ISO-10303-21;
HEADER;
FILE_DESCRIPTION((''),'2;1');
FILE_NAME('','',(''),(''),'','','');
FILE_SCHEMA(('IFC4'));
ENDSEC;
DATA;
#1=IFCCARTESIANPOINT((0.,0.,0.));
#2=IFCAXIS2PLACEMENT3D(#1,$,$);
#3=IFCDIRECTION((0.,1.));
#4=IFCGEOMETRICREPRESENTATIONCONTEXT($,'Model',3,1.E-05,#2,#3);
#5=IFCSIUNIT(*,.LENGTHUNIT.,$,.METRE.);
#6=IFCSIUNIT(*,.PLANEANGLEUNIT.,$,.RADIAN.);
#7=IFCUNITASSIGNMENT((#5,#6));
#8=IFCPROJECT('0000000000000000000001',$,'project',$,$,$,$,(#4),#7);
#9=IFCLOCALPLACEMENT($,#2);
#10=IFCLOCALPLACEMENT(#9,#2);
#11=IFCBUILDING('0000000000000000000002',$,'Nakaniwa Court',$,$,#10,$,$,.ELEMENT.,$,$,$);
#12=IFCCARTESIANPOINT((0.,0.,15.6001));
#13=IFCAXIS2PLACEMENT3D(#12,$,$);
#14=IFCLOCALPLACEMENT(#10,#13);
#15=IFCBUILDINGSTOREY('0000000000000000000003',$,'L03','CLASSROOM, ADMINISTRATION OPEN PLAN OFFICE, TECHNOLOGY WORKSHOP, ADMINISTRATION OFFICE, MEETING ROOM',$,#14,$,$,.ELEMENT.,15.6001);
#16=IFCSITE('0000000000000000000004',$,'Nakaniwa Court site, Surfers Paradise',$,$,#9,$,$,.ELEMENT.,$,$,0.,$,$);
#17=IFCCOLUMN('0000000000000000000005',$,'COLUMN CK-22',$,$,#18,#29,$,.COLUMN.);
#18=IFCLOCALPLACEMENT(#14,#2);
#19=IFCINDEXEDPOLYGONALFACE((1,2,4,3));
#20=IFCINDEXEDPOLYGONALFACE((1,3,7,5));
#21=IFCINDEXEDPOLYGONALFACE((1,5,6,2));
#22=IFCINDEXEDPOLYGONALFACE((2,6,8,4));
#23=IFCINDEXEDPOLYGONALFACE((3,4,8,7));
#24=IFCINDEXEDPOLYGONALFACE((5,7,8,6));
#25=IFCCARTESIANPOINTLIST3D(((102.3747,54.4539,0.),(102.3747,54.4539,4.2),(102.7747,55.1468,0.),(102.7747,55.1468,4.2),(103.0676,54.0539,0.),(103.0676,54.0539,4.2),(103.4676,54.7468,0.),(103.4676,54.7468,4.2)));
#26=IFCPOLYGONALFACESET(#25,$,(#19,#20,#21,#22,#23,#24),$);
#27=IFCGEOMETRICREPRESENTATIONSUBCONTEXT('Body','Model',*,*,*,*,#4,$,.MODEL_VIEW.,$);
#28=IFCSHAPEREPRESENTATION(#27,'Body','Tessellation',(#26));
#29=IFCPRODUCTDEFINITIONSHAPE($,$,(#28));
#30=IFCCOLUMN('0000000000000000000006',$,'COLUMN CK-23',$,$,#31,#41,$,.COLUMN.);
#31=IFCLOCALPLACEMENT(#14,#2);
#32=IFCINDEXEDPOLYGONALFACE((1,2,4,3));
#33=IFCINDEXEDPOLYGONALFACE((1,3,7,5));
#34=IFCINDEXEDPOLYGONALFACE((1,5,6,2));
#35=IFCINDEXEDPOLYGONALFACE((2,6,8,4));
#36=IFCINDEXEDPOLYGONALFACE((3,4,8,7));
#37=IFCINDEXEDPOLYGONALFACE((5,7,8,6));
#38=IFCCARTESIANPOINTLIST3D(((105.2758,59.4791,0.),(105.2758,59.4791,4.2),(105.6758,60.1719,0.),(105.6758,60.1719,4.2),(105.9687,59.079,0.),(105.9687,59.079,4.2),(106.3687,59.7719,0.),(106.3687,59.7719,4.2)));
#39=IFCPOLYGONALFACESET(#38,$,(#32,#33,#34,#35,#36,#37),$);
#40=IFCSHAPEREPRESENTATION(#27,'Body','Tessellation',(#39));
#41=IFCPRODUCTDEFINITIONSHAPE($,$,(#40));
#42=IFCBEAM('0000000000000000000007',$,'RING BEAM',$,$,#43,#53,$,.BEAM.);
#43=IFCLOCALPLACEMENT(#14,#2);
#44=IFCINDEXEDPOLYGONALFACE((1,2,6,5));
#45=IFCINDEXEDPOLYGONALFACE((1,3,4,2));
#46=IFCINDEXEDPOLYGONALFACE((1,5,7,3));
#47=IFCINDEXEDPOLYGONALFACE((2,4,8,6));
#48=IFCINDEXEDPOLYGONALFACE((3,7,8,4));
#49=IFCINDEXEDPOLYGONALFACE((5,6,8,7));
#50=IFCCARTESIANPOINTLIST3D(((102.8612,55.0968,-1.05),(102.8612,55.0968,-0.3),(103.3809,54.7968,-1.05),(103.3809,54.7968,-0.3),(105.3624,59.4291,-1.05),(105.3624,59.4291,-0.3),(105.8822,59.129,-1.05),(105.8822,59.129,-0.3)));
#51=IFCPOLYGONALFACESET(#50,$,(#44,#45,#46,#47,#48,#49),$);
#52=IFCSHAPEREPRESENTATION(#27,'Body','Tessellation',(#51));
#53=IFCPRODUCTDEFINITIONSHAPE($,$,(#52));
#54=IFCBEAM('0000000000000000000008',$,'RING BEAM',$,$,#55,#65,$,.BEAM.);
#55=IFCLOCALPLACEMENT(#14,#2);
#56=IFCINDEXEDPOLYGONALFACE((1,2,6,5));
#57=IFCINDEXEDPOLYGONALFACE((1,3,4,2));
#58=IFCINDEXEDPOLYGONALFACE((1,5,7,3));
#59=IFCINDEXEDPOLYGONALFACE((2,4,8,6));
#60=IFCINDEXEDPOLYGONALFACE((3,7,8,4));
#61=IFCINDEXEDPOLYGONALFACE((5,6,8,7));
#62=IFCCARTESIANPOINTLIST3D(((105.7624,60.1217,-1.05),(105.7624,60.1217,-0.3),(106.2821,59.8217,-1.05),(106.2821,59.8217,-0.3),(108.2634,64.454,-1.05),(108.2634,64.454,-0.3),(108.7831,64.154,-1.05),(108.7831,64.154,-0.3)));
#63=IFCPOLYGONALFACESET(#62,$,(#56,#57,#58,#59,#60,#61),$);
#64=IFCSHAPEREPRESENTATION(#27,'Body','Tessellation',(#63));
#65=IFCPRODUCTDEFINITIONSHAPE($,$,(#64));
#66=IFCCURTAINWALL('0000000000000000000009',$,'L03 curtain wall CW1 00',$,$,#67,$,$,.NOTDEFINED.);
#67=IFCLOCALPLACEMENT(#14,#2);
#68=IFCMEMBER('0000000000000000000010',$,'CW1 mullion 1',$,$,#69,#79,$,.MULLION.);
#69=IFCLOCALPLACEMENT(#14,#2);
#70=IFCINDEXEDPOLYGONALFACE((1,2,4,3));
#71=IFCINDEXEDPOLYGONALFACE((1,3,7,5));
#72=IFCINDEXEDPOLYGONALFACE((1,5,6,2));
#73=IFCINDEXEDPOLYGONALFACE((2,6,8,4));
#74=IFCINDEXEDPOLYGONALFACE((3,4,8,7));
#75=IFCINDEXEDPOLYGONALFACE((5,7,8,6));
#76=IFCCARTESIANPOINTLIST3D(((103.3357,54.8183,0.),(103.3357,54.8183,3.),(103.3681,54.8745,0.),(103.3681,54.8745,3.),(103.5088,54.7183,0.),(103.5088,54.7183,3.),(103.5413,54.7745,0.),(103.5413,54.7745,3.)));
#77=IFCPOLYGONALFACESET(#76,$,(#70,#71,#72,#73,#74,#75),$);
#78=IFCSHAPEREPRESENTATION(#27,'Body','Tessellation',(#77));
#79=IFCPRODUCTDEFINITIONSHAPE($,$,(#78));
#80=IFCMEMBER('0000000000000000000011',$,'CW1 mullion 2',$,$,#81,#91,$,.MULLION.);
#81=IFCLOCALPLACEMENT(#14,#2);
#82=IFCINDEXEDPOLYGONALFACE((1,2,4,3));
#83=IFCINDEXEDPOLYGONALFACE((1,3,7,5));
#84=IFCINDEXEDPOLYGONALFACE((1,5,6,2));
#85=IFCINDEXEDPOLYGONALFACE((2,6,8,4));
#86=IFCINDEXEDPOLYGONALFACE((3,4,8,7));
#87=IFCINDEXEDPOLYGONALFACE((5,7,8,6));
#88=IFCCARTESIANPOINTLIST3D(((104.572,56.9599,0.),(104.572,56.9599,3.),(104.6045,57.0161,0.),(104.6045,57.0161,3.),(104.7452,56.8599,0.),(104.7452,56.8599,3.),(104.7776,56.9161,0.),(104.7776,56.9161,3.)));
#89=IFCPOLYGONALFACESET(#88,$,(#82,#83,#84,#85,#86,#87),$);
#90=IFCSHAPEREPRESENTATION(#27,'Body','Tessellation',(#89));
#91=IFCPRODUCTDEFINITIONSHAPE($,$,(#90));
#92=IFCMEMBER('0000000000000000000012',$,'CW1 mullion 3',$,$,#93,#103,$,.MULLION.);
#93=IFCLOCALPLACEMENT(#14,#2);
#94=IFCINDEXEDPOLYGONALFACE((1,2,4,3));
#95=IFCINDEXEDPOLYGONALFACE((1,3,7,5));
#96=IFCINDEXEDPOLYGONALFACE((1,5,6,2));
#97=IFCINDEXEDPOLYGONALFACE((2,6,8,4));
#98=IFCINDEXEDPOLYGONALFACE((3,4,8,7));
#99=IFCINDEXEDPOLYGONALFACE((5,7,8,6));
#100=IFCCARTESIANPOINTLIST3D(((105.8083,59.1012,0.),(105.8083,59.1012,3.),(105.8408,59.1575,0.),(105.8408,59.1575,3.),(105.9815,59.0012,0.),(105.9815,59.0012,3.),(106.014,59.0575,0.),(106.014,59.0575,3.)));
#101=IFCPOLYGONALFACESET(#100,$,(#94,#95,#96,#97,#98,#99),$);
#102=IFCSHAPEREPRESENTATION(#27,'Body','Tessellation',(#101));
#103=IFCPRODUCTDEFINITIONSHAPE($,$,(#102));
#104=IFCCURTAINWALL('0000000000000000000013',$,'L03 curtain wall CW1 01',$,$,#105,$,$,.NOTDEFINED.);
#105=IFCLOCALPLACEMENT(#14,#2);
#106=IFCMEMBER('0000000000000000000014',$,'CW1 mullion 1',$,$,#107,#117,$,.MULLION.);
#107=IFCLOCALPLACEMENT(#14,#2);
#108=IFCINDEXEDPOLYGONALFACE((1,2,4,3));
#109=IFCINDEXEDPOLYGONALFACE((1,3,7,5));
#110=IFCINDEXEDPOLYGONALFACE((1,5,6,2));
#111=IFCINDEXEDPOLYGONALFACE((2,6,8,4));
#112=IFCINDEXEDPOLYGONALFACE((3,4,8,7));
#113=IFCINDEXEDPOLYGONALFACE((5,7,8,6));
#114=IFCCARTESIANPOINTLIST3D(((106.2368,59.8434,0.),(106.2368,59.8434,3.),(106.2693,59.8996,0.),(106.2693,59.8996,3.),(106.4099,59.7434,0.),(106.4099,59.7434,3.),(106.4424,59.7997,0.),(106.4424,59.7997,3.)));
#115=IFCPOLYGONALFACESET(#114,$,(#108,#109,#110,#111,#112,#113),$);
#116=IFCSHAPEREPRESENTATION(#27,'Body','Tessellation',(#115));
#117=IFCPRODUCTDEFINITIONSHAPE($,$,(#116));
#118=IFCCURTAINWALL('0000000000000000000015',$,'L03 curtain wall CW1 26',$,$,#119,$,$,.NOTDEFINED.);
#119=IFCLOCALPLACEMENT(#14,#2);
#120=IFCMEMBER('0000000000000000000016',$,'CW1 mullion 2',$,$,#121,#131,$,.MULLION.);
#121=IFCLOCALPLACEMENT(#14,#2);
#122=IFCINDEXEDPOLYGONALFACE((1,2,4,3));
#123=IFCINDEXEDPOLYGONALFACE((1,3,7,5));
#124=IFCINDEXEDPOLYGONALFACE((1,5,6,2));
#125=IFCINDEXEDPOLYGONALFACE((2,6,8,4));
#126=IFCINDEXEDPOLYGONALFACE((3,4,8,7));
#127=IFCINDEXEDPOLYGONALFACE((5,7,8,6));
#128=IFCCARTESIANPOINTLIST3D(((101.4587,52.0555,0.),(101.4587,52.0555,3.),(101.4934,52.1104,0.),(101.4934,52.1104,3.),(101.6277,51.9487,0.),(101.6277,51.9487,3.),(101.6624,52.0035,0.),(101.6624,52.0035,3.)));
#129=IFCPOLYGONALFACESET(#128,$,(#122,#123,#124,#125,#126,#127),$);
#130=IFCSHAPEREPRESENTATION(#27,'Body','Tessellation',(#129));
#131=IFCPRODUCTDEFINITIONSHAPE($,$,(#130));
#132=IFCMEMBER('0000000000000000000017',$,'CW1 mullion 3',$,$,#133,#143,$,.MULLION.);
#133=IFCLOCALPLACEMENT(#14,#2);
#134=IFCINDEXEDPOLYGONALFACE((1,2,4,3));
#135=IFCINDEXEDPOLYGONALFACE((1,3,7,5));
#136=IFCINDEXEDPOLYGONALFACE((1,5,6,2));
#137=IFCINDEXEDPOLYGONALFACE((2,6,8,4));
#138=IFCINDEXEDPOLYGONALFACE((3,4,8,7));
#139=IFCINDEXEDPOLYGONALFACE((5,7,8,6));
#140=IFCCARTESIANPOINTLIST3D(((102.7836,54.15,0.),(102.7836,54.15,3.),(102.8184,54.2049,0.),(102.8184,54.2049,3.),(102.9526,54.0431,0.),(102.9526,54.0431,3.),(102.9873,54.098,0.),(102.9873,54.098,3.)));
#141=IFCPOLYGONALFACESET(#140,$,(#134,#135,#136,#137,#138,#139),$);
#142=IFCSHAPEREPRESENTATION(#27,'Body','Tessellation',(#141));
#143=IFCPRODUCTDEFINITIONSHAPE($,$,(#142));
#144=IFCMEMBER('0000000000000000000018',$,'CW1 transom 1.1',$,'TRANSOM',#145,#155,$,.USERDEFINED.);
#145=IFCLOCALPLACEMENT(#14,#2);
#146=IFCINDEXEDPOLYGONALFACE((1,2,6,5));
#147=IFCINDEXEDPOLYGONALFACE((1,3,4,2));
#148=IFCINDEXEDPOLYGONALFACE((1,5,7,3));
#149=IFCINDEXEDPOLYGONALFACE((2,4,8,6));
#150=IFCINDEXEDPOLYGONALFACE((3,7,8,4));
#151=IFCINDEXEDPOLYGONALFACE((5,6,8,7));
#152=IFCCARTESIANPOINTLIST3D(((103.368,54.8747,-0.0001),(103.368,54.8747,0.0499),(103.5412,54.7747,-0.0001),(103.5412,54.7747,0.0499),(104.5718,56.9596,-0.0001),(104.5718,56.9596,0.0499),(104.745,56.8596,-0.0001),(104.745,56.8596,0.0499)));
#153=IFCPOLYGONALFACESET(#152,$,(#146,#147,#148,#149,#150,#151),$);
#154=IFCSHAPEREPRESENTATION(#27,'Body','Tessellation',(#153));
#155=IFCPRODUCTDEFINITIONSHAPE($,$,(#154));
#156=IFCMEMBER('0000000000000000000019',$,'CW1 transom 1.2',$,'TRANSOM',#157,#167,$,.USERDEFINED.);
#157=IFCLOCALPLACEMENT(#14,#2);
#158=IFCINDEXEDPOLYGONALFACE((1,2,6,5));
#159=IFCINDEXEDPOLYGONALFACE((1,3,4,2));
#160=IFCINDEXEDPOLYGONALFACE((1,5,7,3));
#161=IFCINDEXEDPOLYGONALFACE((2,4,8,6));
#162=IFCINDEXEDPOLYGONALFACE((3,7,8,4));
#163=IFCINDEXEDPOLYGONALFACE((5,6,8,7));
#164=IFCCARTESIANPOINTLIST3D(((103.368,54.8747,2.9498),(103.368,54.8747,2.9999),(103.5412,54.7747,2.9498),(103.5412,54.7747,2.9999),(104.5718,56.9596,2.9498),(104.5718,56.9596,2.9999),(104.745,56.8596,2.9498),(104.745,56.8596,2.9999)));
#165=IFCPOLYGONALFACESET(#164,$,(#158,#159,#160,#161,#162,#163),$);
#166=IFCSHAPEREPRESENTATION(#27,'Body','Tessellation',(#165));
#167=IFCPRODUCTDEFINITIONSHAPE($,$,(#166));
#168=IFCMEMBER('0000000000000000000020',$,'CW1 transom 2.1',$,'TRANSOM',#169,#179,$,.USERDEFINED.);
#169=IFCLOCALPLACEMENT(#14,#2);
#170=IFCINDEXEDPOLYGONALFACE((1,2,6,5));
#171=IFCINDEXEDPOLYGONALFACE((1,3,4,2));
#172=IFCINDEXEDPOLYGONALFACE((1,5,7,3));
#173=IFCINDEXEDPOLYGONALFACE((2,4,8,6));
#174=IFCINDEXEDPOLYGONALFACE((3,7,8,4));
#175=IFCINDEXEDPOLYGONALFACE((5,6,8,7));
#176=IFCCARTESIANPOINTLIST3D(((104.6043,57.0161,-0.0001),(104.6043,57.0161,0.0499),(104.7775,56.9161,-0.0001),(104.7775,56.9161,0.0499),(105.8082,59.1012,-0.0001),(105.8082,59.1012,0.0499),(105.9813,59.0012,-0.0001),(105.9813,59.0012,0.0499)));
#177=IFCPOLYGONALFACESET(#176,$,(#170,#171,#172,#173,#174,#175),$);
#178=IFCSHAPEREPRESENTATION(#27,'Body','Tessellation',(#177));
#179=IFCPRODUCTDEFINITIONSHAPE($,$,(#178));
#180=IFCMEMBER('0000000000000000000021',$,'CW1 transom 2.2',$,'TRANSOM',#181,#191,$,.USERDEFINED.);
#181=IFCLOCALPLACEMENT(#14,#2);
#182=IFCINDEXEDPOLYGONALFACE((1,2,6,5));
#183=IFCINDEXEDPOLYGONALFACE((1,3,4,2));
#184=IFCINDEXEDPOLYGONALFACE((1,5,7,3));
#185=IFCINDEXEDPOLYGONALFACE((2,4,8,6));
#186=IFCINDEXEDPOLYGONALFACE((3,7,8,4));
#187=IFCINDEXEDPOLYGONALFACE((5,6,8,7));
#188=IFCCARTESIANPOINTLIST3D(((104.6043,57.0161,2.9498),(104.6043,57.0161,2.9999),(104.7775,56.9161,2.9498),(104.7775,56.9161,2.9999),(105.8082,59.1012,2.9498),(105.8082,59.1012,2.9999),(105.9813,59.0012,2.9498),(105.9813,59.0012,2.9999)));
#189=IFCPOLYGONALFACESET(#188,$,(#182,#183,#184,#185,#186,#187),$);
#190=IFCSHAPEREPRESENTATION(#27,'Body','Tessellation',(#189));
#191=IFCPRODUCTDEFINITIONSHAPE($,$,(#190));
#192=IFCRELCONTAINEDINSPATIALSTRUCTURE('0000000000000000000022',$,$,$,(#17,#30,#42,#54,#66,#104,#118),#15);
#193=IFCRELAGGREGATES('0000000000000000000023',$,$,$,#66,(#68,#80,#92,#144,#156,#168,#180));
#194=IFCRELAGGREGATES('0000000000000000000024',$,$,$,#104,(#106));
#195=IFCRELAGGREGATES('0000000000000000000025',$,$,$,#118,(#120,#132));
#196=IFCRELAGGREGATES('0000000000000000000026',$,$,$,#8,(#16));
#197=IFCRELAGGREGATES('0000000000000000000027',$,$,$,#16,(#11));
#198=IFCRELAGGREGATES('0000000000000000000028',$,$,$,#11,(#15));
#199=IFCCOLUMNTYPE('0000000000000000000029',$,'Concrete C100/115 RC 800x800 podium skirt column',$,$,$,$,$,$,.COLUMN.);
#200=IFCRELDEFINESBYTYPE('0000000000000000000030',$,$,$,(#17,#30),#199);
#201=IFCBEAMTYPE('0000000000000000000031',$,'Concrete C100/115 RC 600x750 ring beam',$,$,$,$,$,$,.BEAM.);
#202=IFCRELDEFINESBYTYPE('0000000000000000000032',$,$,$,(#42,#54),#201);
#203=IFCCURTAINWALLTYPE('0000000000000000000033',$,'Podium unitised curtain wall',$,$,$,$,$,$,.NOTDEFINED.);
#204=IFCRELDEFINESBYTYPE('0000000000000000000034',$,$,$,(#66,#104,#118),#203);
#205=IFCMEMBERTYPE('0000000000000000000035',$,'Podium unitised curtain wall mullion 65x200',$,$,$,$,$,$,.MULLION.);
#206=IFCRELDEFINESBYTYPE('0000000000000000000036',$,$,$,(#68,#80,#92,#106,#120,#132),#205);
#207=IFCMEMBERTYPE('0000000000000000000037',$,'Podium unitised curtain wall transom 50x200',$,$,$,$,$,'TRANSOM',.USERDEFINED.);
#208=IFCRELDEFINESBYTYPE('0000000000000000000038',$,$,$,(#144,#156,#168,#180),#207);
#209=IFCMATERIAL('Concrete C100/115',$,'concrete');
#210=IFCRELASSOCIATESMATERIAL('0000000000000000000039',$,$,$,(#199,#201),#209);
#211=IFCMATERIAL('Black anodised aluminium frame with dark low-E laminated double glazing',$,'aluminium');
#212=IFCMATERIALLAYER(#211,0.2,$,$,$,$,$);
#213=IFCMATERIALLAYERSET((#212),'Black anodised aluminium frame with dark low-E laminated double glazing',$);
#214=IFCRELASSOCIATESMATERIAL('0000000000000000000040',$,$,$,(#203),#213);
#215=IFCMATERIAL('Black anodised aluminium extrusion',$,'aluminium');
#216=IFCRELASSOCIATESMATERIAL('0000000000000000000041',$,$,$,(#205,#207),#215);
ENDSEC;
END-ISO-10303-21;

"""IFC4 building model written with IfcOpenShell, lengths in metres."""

from ifc_helpers import new_model, si_unit, direction, frame, origin, origin_2d, place, context, subcontext, project, spatial, rectangle, extrude, material, layer, layer_set, material_profile, profile_set, type_object, element, aggregate, save


model = new_model("IFC4")

# Units and contexts
model_context = context("Model", 3, precision=1e-05, world=origin(), true_north=direction((0.0, 1.0)))
body_context = subcontext(model_context, "Body", "Model", "MODEL_VIEW")
ifc_project = project(units=[si_unit("LENGTHUNIT", "METRE"), si_unit("PLANEANGLEUNIT", "RADIAN")], contexts=[model_context])

# Site, building, storey
site_placement = place(None, origin())
site = spatial("IfcSite", under=ifc_project, at=site_placement, Name="Nakaniwa Court site, Surfers Paradise", CompositionType="ELEMENT", RefElevation=0.0)
building_placement = place(site_placement, origin())
building = spatial("IfcBuilding", under=site, at=building_placement, Name="Nakaniwa Court", CompositionType="ELEMENT")
storey_placement = place(building_placement, frame((0.0, 0.0, 15.6001)))
storey = spatial("IfcBuildingStorey", under=building, at=storey_placement, Name="L03", Description="CLASSROOM, ADMINISTRATION OPEN PLAN OFFICE, TECHNOLOGY WORKSHOP, ADMINISTRATION OFFICE, MEETING ROOM", CompositionType="ELEMENT", Elevation=15.6001)

# Columns
ifc_material_1 = material(Name="Concrete C100/115", Category="concrete")
ifc_material_profile_1 = material_profile(ifc_material_1, rectangle(XDim=0.8, YDim=0.8, at=origin_2d()), Name="Concrete C100/115 RC 800x800 podium skirt column")
ifc_profile_set_1 = profile_set([ifc_material_profile_1], Name="Concrete C100/115")
column_type = type_object("IfcColumnType", Name="Concrete C100/115 RC 800x800 podium skirt column", PredefinedType="COLUMN", material=ifc_profile_set_1)
for number, where, z_axis, x_axis, name in (
    (1, (102.9211, 54.6003, 0.0), (0.0, 0.0, 1.0), (0.5, 0.866025, 0.0), "COLUMN CK-22"),
    (2, (105.8223, 59.6255, 0.0), (0.0, 0.0, 1.0), (0.5, 0.866025, 0.0), "COLUMN CK-23"),
):
    element("IfcColumn", number, at=place(storey_placement, frame(where, z_axis=z_axis, x_axis=x_axis)), inside=storey, type_object=column_type, Name=name, PredefinedType="COLUMN", context=body_context, shape_type="SweptSolid", body=[
        extrude(rectangle(XDim=0.8, YDim=0.8, at=origin_2d()), origin(), (0.0, 0.0, 1.0), 4.2),
    ])

# Beams
ifc_material_profile_2 = material_profile(ifc_material_1, rectangle(XDim=0.6001, YDim=0.75, at=origin_2d()), Name="Concrete C100/115 RC 600x750 ring beam")
ifc_profile_set_2 = profile_set([ifc_material_profile_2], Name="Concrete C100/115")
beam_type = type_object("IfcBeamType", Name="Concrete C100/115 RC 600x750 ring beam", PredefinedType="BEAM", material=ifc_profile_set_2)
for number, where, z_axis, x_axis, name in (
    (3, (103.1211, 54.9468, -0.675), (0.499997, 0.866027, 0.0), (-0.866027, 0.499997, 0.0), "RING BEAM"),
    (4, (106.0222, 59.9717, -0.675), (0.49996, 0.866048, 0.0), (-0.866048, 0.49996, 0.0), "RING BEAM"),
):
    element("IfcBeam", number, at=place(storey_placement, frame(where, z_axis=z_axis, x_axis=x_axis)), inside=storey, type_object=beam_type, Name=name, PredefinedType="BEAM", context=body_context, shape_type="SweptSolid", body=[
        extrude(rectangle(XDim=0.6001, YDim=0.75, at=origin_2d()), origin(), (0.0, 0.0, 1.0), 5.0024),
    ])

# Curtain wall, members
ifc_material_2 = material(Name="Black anodised aluminium frame with dark low-E laminated double glazing", Category="aluminium")
ifc_layer_1 = layer(ifc_material_2, 0.2)
ifc_layer_set_1 = layer_set([ifc_layer_1], Name="Black anodised aluminium frame with dark low-E laminated double glazing")
curtain_wall_type = type_object("IfcCurtainWallType", Name="Podium unitised curtain wall", PredefinedType="NOTDEFINED", material=ifc_layer_set_1)
curtain_wall_1_placement = place(storey_placement, origin())
curtain_wall_1 = element("IfcCurtainWall", 5, at=curtain_wall_1_placement, inside=storey, type_object=curtain_wall_type, Name="L03 curtain wall CW1 00", PredefinedType="NOTDEFINED")
ifc_material_3 = material(Name="Black anodised aluminium extrusion", Category="aluminium")
ifc_material_profile_3 = material_profile(ifc_material_3, rectangle(XDim=0.2, YDim=0.0649, at=origin_2d()), Name="Podium unitised curtain wall mullion 65x200")
ifc_profile_set_3 = profile_set([ifc_material_profile_3], Name="Black anodised aluminium extrusion")
member_type_1 = type_object("IfcMemberType", Name="Podium unitised curtain wall mullion 65x200", PredefinedType="MULLION", material=ifc_profile_set_3)
member_1_placement = place(storey_placement, frame((103.4385, 54.7964, 0.0), z_axis=(0.0, 0.0, 1.0), x_axis=(-0.866037, 0.499979, 0.0)))
member_1 = element("IfcMember", 6, at=member_1_placement, type_object=member_type_1, Name="CW1 mullion 1", PredefinedType="MULLION", context=body_context, shape_type="SweptSolid", body=[
    extrude(rectangle(XDim=0.2, YDim=0.0649, at=origin_2d()), origin(), (0.0, 0.0, 1.0), 3.0),
])
member_2_placement = place(storey_placement, frame((104.6748, 56.938, 0.0), z_axis=(0.0, 0.0, 1.0), x_axis=(-0.866037, 0.499979, 0.0)))
member_2 = element("IfcMember", 7, at=member_2_placement, type_object=member_type_1, Name="CW1 mullion 2", PredefinedType="MULLION", context=body_context, shape_type="SweptSolid", body=[
    extrude(rectangle(XDim=0.2, YDim=0.0649, at=origin_2d()), origin(), (0.0, 0.0, 1.0), 3.0),
])
member_3_placement = place(storey_placement, frame((105.9111, 59.0793, 0.0), z_axis=(0.0, 0.0, 1.0), x_axis=(-0.866037, 0.499979, 0.0)))
member_3 = element("IfcMember", 8, at=member_3_placement, type_object=member_type_1, Name="CW1 mullion 3", PredefinedType="MULLION", context=body_context, shape_type="SweptSolid", body=[
    extrude(rectangle(XDim=0.2, YDim=0.0649, at=origin_2d()), origin(), (0.0, 0.0, 1.0), 3.0),
])

# Curtain wall, member
curtain_wall_2_placement = place(storey_placement, origin())
curtain_wall_2 = element("IfcCurtainWall", 9, at=curtain_wall_2_placement, inside=storey, type_object=curtain_wall_type, Name="L03 curtain wall CW1 01", PredefinedType="NOTDEFINED")
member_4_placement = place(storey_placement, frame((106.3396, 59.8215, 0.0), z_axis=(0.0, 0.0, 1.0), x_axis=(-0.866032, 0.499988, 0.0)))
member_4 = element("IfcMember", 10, at=member_4_placement, type_object=member_type_1, Name="CW1 mullion 1", PredefinedType="MULLION", context=body_context, shape_type="SweptSolid", body=[
    extrude(rectangle(XDim=0.2, YDim=0.0649, at=origin_2d()), origin(), (0.0, 0.0, 1.0), 3.0),
])

# Curtain wall, members
curtain_wall_3_placement = place(storey_placement, origin())
curtain_wall_3 = element("IfcCurtainWall", 11, at=curtain_wall_3_placement, inside=storey, type_object=curtain_wall_type, Name="L03 curtain wall CW1 26", PredefinedType="NOTDEFINED")
member_5_placement = place(storey_placement, frame((101.5605, 52.0295, 0.0), z_axis=(0.0, 0.0, 1.0), x_axis=(-0.845107, 0.534597, 0.0)))
member_5 = element("IfcMember", 12, at=member_5_placement, type_object=member_type_1, Name="CW1 mullion 2", PredefinedType="MULLION", context=body_context, shape_type="SweptSolid", body=[
    extrude(rectangle(XDim=0.2, YDim=0.0649, at=origin_2d()), origin(), (0.0, 0.0, 1.0), 3.0),
])
member_6_placement = place(storey_placement, frame((102.8855, 54.124, 0.0), z_axis=(0.0, 0.0, 1.0), x_axis=(-0.845107, 0.534597, 0.0)))
member_6 = element("IfcMember", 13, at=member_6_placement, type_object=member_type_1, Name="CW1 mullion 3", PredefinedType="MULLION", context=body_context, shape_type="SweptSolid", body=[
    extrude(rectangle(XDim=0.2, YDim=0.0649, at=origin_2d()), origin(), (0.0, 0.0, 1.0), 3.0),
])

# Members
ifc_material_profile_4 = material_profile(ifc_material_3, rectangle(XDim=0.2, YDim=0.05, at=origin_2d()), Name="Podium unitised curtain wall transom 50x200")
ifc_profile_set_4 = profile_set([ifc_material_profile_4], Name="Black anodised aluminium extrusion")
member_type_2 = type_object("IfcMemberType", Name="Podium unitised curtain wall transom 50x200", ElementType="TRANSOM", PredefinedType="USERDEFINED", material=ifc_profile_set_4)
member_7_placement = place(storey_placement, frame((103.4546, 54.8247, 0.0249), z_axis=(0.500033, 0.866007, 0.0), x_axis=(-0.866007, 0.500033, 0.0)))
member_7 = element("IfcMember", 14, at=member_7_placement, type_object=member_type_2, Name="CW1 transom 1.1", ObjectType="TRANSOM", PredefinedType="USERDEFINED", context=body_context, shape_type="SweptSolid", body=[
    extrude(rectangle(XDim=0.2, YDim=0.05, at=origin_2d()), origin(), (0.0, 0.0, 1.0), 2.4075),
])
member_8_placement = place(storey_placement, frame((103.4546, 54.8247, 2.9749), z_axis=(0.500033, 0.866007, 0.0), x_axis=(-0.866007, 0.500033, 0.0)))
member_8 = element("IfcMember", 15, at=member_8_placement, type_object=member_type_2, Name="CW1 transom 1.2", ObjectType="TRANSOM", PredefinedType="USERDEFINED", context=body_context, shape_type="SweptSolid", body=[
    extrude(rectangle(XDim=0.2, YDim=0.05, at=origin_2d()), origin(), (0.0, 0.0, 1.0), 2.4075),
])
member_9_placement = place(storey_placement, frame((104.6909, 56.9661, 0.0249), z_axis=(0.499989, 0.866032, 0.0), x_axis=(-0.866032, 0.499989, 0.0)))
member_9 = element("IfcMember", 16, at=member_9_placement, type_object=member_type_2, Name="CW1 transom 2.1", ObjectType="TRANSOM", PredefinedType="USERDEFINED", context=body_context, shape_type="SweptSolid", body=[
    extrude(rectangle(XDim=0.2, YDim=0.05, at=origin_2d()), origin(), (0.0, 0.0, 1.0), 2.4077),
])
member_10_placement = place(storey_placement, frame((104.6909, 56.9661, 2.9749), z_axis=(0.499989, 0.866032, 0.0), x_axis=(-0.866032, 0.499989, 0.0)))
member_10 = element("IfcMember", 17, at=member_10_placement, type_object=member_type_2, Name="CW1 transom 2.2", ObjectType="TRANSOM", PredefinedType="USERDEFINED", context=body_context, shape_type="SweptSolid", body=[
    extrude(rectangle(XDim=0.2, YDim=0.05, at=origin_2d()), origin(), (0.0, 0.0, 1.0), 2.4077),
])

aggregate(curtain_wall_1, [member_1, member_2, member_3, member_7, member_8, member_9, member_10])
aggregate(curtain_wall_2, [member_4])
aggregate(curtain_wall_3, [member_5, member_6])

save(model, "model.ifc")
